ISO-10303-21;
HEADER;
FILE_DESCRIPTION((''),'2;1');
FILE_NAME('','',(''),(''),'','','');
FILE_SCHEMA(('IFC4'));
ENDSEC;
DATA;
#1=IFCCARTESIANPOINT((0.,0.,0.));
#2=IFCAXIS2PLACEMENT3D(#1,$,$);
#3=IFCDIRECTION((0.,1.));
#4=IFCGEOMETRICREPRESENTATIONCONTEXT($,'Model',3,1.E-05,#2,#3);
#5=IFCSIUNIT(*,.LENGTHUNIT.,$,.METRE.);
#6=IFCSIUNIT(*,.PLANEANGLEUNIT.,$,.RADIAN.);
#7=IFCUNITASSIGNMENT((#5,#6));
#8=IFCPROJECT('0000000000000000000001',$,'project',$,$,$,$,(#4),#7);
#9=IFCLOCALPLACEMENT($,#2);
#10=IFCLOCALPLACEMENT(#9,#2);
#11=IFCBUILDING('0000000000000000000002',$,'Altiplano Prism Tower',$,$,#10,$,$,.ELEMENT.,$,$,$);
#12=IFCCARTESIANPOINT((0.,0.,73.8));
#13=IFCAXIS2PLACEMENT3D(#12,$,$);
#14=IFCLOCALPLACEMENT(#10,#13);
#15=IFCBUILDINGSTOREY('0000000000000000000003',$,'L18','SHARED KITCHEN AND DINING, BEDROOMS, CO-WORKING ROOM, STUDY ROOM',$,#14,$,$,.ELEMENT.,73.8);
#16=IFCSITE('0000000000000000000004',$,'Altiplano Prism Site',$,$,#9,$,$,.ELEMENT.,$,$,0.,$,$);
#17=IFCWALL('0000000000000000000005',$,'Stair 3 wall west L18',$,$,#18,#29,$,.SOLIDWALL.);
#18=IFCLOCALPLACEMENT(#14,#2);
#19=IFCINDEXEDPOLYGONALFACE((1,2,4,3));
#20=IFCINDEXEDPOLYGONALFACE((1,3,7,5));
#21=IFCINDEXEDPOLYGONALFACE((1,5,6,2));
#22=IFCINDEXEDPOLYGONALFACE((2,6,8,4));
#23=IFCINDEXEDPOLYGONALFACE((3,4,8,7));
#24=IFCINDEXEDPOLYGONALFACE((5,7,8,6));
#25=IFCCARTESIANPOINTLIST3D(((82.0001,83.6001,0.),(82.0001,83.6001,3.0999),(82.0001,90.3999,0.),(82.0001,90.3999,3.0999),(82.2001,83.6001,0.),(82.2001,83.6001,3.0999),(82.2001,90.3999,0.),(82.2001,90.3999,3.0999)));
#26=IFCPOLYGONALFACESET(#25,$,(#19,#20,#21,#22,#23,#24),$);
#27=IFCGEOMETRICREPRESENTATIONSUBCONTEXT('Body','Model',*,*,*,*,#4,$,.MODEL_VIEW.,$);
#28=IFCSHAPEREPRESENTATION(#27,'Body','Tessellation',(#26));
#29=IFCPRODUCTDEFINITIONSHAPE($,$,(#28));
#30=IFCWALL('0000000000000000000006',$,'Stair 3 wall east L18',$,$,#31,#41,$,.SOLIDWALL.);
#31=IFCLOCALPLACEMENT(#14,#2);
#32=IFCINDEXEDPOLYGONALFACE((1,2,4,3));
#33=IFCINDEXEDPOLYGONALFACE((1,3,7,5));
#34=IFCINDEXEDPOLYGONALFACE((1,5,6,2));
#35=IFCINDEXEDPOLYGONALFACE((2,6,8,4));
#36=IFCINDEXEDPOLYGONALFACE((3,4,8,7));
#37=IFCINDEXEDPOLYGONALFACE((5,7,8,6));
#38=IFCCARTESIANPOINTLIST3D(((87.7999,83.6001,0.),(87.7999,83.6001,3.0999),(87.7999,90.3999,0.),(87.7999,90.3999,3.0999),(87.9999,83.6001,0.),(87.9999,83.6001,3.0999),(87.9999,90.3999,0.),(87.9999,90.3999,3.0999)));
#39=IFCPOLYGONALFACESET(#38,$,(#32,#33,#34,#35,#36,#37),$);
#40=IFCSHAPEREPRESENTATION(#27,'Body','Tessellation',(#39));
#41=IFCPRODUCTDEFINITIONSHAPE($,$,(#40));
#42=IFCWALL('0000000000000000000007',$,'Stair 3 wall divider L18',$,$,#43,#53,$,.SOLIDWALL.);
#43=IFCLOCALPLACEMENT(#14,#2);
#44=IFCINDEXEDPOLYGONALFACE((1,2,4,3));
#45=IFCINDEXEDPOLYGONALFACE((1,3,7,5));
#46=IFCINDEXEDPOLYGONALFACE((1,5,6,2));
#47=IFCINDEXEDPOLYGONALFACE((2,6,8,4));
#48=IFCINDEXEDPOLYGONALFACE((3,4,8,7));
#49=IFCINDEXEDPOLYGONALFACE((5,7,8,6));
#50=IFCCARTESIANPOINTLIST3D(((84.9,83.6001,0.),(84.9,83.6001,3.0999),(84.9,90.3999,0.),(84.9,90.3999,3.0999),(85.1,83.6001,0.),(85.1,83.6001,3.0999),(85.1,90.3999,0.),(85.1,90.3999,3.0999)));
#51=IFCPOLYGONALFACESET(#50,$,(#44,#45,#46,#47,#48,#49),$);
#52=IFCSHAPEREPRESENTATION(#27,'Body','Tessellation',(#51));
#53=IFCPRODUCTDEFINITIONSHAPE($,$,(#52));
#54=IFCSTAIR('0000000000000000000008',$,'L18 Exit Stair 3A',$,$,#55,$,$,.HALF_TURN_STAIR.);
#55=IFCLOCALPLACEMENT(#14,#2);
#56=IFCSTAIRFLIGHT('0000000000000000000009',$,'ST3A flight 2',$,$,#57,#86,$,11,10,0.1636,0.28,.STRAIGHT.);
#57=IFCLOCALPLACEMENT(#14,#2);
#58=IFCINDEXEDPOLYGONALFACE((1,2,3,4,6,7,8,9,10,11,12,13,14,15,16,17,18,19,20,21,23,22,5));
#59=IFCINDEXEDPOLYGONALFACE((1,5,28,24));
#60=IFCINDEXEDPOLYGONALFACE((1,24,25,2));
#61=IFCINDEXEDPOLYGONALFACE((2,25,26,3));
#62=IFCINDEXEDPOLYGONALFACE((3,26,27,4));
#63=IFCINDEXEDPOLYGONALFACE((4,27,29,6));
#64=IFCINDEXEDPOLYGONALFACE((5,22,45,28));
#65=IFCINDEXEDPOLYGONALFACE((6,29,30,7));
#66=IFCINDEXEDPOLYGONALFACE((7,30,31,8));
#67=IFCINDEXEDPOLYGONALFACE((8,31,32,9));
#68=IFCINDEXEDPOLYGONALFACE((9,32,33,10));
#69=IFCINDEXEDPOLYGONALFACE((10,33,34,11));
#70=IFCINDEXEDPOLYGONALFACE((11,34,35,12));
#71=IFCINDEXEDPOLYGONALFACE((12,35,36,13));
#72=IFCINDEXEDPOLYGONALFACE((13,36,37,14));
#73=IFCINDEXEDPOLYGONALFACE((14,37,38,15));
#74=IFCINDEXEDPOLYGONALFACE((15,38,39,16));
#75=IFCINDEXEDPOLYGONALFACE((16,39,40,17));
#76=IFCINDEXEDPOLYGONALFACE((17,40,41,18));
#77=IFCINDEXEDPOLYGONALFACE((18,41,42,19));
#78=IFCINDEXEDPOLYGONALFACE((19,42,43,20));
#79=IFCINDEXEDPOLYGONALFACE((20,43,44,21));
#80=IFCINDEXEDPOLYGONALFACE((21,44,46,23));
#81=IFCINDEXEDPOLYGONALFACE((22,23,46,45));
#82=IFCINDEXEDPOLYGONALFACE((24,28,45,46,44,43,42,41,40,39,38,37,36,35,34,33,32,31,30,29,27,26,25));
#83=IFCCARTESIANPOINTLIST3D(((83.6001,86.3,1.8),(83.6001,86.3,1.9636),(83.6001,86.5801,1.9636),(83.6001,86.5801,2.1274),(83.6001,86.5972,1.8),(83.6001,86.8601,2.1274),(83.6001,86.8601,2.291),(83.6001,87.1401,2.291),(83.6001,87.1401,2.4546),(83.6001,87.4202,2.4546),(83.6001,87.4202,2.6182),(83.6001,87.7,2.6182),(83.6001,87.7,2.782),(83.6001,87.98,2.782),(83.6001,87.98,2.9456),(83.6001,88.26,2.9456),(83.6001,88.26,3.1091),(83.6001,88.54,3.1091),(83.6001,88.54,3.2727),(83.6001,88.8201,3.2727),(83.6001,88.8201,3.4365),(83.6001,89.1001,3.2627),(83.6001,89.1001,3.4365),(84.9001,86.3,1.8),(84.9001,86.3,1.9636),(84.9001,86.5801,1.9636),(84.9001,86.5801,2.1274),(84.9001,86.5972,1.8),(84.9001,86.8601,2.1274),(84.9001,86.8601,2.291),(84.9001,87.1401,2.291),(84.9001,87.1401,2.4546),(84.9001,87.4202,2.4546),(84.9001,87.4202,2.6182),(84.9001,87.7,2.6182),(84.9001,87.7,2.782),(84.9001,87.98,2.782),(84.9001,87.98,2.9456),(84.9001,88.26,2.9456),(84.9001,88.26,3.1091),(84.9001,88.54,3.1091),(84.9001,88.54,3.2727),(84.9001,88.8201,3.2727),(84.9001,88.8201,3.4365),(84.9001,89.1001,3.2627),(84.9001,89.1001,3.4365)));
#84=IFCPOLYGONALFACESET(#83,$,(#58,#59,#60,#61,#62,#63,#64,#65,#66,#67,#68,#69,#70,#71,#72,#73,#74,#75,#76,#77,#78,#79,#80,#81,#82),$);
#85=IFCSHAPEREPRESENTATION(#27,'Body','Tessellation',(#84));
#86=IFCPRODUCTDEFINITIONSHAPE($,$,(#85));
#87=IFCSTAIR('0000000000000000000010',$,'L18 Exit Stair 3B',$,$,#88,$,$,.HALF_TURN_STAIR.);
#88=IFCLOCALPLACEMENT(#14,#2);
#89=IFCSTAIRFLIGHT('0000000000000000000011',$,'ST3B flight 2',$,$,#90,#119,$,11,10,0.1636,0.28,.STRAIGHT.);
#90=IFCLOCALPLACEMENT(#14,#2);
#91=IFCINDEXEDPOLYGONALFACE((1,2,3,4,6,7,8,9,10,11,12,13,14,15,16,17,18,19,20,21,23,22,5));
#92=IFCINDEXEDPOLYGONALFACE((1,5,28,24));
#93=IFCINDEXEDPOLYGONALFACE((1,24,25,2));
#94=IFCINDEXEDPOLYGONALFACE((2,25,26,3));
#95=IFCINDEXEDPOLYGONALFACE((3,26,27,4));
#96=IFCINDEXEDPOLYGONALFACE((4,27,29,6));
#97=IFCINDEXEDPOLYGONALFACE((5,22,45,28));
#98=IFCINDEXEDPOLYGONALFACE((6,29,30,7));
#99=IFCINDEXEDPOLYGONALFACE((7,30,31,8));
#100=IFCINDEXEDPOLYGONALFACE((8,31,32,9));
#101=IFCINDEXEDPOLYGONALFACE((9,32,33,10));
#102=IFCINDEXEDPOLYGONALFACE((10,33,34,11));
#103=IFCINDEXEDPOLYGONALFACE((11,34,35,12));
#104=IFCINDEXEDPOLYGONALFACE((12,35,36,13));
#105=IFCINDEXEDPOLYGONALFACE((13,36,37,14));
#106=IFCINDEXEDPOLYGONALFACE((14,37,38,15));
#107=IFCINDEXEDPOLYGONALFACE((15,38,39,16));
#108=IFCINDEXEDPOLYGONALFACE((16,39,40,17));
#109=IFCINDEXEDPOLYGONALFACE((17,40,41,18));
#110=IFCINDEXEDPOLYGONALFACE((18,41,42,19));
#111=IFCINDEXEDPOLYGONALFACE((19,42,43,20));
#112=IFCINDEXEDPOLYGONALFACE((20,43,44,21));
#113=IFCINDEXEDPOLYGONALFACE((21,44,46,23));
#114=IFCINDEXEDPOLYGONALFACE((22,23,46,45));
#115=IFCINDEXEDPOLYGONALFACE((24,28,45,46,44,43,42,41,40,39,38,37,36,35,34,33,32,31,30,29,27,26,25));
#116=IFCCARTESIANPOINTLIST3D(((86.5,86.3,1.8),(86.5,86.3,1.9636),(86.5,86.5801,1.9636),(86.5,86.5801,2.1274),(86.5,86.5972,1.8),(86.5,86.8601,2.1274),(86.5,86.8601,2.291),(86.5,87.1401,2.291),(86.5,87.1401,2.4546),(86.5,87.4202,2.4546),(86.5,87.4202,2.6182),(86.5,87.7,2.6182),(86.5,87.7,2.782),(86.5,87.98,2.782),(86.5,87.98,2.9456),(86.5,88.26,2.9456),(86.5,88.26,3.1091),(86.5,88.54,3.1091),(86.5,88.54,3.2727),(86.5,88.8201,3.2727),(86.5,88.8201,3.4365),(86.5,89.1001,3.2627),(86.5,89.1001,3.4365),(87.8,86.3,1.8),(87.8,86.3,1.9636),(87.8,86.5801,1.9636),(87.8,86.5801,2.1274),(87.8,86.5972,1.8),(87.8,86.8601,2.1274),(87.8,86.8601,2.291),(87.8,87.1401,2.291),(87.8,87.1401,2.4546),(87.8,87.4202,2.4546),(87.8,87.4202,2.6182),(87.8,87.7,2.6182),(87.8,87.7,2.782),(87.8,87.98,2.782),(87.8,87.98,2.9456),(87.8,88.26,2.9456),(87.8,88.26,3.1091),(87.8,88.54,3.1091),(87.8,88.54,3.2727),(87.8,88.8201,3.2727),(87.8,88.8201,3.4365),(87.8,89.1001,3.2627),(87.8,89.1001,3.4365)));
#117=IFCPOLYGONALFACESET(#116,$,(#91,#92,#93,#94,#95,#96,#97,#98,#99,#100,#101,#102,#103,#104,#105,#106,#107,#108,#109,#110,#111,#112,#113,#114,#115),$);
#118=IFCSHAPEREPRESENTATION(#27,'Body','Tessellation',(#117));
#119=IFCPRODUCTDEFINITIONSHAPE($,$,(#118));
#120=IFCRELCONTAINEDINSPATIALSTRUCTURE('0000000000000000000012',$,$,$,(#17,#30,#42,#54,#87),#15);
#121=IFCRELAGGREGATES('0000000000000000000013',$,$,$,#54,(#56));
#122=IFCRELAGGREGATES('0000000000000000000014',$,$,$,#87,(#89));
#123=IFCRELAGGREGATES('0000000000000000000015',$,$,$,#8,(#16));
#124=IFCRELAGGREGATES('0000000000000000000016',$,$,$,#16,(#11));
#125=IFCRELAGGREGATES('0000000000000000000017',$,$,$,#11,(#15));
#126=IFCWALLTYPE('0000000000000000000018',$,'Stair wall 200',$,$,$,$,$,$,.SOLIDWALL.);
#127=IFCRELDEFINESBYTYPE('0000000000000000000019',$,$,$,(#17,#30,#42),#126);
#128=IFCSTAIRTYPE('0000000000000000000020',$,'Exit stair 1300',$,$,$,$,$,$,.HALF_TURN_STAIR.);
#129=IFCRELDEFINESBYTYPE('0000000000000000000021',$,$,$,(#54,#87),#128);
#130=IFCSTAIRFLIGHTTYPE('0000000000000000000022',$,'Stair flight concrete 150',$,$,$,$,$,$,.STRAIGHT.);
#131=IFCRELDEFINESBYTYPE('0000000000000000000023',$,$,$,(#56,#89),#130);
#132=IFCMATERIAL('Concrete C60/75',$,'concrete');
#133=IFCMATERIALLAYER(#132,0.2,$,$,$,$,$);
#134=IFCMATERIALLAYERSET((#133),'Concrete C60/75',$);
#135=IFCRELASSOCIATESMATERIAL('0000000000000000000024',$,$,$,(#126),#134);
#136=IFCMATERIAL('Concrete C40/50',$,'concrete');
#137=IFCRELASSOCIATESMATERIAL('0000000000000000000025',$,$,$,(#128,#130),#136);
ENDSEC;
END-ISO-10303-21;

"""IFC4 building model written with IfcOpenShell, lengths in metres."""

from ifc_helpers import new_model, si_unit, direction, frame, frame_2d, origin, place, context, subcontext, project, spatial, polyline, rectangle, outline, extrude, material, layer, layer_set, type_object, element, aggregate, save


model = new_model("IFC4")

# Units and contexts
model_context = context("Model", 3, precision=1e-05, world=origin(), true_north=direction((0.0, 1.0)))
body_context = subcontext(model_context, "Body", "Model", "MODEL_VIEW")
ifc_project = project(units=[si_unit("LENGTHUNIT", "METRE"), si_unit("PLANEANGLEUNIT", "RADIAN")], contexts=[model_context])

# Site, building, storey
site_placement = place(None, origin())
site = spatial("IfcSite", under=ifc_project, at=site_placement, Name="Altiplano Prism Site", CompositionType="ELEMENT", RefElevation=0.0)
building_placement = place(site_placement, origin())
building = spatial("IfcBuilding", under=site, at=building_placement, Name="Altiplano Prism Tower", CompositionType="ELEMENT")
storey_placement = place(building_placement, frame((0.0, 0.0, 73.8)))
storey = spatial("IfcBuildingStorey", under=building, at=storey_placement, Name="L18", Description="SHARED KITCHEN AND DINING, BEDROOMS, CO-WORKING ROOM, STUDY ROOM", CompositionType="ELEMENT", Elevation=73.8)

# Shared definitions
ifc_material_1 = material(Name="Concrete C60/75", Category="concrete")

# Walls
ifc_layer_1 = layer(ifc_material_1, 0.2)
ifc_layer_set_1 = layer_set([ifc_layer_1], Name="Concrete C60/75")
wall_type_1 = type_object("IfcWallType", Name="Stair wall 200", PredefinedType="SOLIDWALL", material=ifc_layer_set_1)
for number, where, z_axis, x_axis, name in (
    (1, (82.1001, 83.6001, 0.0), (0.0, 0.0, 1.0), (0.0, 1.0, 0.0), "Stair 3 wall west L18"),
    (2, (87.8999, 83.6001, 0.0), (0.0, 0.0, 1.0), (0.0, 1.0, 0.0), "Stair 3 wall east L18"),
    (3, (85.0, 83.6001, 0.0), (0.0, 0.0, 1.0), (0.0, 1.0, 0.0), "Stair 3 wall divider L18"),
):
    element("IfcWall", number, at=place(storey_placement, frame(where, z_axis=z_axis, x_axis=x_axis)), inside=storey, type_object=wall_type_1, Name=name, PredefinedType="SOLIDWALL", context=body_context, shape_type="SweptSolid", body=[
        extrude(rectangle(XDim=6.7998, YDim=0.2, at=frame_2d((3.3999, 0.0))), origin(), (0.0, 0.0, 1.0), 3.0999),
    ])

# Stairs, stair flights
ifc_material_2 = material(Name="Concrete C40/50", Category="concrete")
stair_type = type_object("IfcStairType", Name="Exit stair 1300", PredefinedType="HALF_TURN_STAIR", material=ifc_material_2)
stair_1_placement = place(storey_placement, origin())
stair_1 = element("IfcStair", 4, at=stair_1_placement, inside=storey, type_object=stair_type, Name="L18 Exit Stair 3A", PredefinedType="HALF_TURN_STAIR")
stair_flight_type = type_object("IfcStairFlightType", Name="Stair flight concrete 150", PredefinedType="STRAIGHT", material=ifc_material_2)
stair_flight_1_placement = place(storey_placement, frame((84.25, 86.3, 1.8), z_axis=(0.0, 0.0, 1.0), x_axis=(0.0, 1.0, 0.0)))
stair_flight_1 = element("IfcStairFlight", 5, at=stair_flight_1_placement, type_object=stair_flight_type, Name="ST3A flight 2", NumberOfRisers=11, NumberOfTreads=10, PredefinedType="STRAIGHT", RiserHeight=0.1636, TreadLength=0.28, context=body_context, shape_type="SweptSolid", body=[
    extrude(outline(polyline([(0.0, 0.0), (0.0, 0.1636), (0.28, 0.1636), (0.28, 0.3274), (0.5601, 0.3274), (0.5601, 0.491), (0.8401, 0.491), (0.8401, 0.6545), (1.1201, 0.6545), (1.1201, 0.8181), (1.3999, 0.8181), (1.3999, 0.9819), (1.6799, 0.9819), (1.6799, 1.1455), (1.96, 1.1455), (1.96, 1.3091), (2.24, 1.3091), (2.24, 1.4727), (2.52, 1.4727), (2.52, 1.6365), (2.8, 1.6365), (2.8, 1.8), (2.8, 1.4626), (0.2971, 0.0), (0.0, 0.0)])), frame((0.0, 0.6499, 0.0), z_axis=(0.0, -1.0, 0.0), x_axis=(1.0, 0.0, 0.0)), (0.0, 0.0, 1.0), 1.3),
])
aggregate(stair_1, [stair_flight_1])
stair_2_placement = place(storey_placement, origin())
stair_2 = element("IfcStair", 6, at=stair_2_placement, inside=storey, type_object=stair_type, Name="L18 Exit Stair 3B", PredefinedType="HALF_TURN_STAIR")
stair_flight_2_placement = place(storey_placement, frame((87.1499, 86.3, 1.8), z_axis=(0.0, 0.0, 1.0), x_axis=(0.0, 1.0, 0.0)))
stair_flight_2 = element("IfcStairFlight", 7, at=stair_flight_2_placement, type_object=stair_flight_type, Name="ST3B flight 2", NumberOfRisers=11, NumberOfTreads=10, PredefinedType="STRAIGHT", RiserHeight=0.1636, TreadLength=0.28, context=body_context, shape_type="SweptSolid", body=[
    extrude(outline(polyline([(0.0, 0.0), (0.0, 0.1636), (0.28, 0.1636), (0.28, 0.3274), (0.5601, 0.3274), (0.5601, 0.491), (0.8401, 0.491), (0.8401, 0.6545), (1.1201, 0.6545), (1.1201, 0.8181), (1.3999, 0.8181), (1.3999, 0.9819), (1.6799, 0.9819), (1.6799, 1.1455), (1.96, 1.1455), (1.96, 1.3091), (2.24, 1.3091), (2.24, 1.4727), (2.52, 1.4727), (2.52, 1.6365), (2.8, 1.6365), (2.8, 1.8), (2.8, 1.4626), (0.2971, 0.0), (0.0, 0.0)])), frame((0.0, 0.6499, 0.0), z_axis=(0.0, -1.0, 0.0), x_axis=(1.0, 0.0, 0.0)), (0.0, 0.0, 1.0), 1.3),
])
aggregate(stair_2, [stair_flight_2])

save(model, "model.ifc")
